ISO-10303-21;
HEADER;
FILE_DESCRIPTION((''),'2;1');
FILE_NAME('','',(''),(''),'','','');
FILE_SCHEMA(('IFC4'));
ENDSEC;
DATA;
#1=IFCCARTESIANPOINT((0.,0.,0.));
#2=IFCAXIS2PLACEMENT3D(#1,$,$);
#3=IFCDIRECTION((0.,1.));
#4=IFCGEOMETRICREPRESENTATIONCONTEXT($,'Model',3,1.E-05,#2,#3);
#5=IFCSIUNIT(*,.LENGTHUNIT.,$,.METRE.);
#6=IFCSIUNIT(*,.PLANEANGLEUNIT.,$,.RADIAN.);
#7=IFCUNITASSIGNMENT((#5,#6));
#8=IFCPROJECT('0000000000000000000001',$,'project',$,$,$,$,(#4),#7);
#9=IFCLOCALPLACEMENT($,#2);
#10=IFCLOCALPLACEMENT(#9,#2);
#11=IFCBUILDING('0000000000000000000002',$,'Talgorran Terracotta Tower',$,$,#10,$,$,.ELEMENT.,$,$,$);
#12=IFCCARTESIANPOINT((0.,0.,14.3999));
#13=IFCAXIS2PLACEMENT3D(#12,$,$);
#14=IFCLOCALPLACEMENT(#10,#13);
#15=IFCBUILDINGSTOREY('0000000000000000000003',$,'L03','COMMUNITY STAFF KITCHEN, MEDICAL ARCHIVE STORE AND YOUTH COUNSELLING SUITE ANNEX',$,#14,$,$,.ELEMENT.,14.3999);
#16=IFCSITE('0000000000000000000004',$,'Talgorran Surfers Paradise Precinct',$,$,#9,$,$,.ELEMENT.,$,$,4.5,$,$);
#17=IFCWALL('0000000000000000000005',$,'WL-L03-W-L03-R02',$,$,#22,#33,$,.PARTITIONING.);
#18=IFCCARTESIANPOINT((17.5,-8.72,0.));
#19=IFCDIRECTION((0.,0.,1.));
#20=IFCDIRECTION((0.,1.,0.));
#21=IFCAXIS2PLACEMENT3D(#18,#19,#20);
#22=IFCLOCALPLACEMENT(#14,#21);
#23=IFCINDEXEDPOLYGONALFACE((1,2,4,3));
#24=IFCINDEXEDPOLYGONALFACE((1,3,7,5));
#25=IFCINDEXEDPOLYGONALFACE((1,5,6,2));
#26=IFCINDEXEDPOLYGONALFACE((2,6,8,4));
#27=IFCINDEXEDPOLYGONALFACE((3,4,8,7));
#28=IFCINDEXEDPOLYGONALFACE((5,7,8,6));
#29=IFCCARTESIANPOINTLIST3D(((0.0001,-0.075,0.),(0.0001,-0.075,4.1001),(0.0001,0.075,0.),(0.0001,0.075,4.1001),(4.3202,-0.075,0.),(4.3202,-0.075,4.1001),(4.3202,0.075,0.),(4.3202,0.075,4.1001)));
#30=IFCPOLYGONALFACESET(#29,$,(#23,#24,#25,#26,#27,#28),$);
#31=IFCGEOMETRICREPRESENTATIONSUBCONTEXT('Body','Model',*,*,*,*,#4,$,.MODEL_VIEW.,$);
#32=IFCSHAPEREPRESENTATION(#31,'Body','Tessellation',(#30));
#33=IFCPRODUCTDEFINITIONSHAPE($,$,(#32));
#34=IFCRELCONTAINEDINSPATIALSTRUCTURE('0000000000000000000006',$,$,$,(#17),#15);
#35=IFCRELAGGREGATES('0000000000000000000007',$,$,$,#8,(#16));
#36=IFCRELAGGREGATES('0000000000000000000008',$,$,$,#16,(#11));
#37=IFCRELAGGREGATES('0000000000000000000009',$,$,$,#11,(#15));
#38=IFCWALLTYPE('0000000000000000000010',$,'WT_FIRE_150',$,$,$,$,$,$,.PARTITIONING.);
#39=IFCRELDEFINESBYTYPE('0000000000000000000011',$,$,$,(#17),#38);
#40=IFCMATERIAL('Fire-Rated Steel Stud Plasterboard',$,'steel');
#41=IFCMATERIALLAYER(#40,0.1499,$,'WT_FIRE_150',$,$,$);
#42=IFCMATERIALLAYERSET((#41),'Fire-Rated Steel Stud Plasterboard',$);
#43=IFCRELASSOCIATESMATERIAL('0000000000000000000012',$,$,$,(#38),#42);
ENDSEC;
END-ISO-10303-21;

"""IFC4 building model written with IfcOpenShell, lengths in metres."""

from ifc_helpers import new_model, si_unit, direction, frame, frame_2d, origin, place, context, subcontext, project, spatial, rectangle, extrude, material, layer, layer_set, type_object, element, save


model = new_model("IFC4")

# Units and contexts
model_context = context("Model", 3, precision=1e-05, world=origin(), true_north=direction((0.0, 1.0)))
body_context = subcontext(model_context, "Body", "Model", "MODEL_VIEW")
ifc_project = project(units=[si_unit("LENGTHUNIT", "METRE"), si_unit("PLANEANGLEUNIT", "RADIAN")], contexts=[model_context])

# Site, building, storey
site_placement = place(None, origin())
site = spatial("IfcSite", under=ifc_project, at=site_placement, Name="Talgorran Surfers Paradise Precinct", CompositionType="ELEMENT", RefElevation=4.5)
building_placement = place(site_placement, origin())
building = spatial("IfcBuilding", under=site, at=building_placement, Name="Talgorran Terracotta Tower", CompositionType="ELEMENT")
storey_placement = place(building_placement, frame((0.0, 0.0, 14.3999)))
storey = spatial("IfcBuildingStorey", under=building, at=storey_placement, Name="L03", Description="COMMUNITY STAFF KITCHEN, MEDICAL ARCHIVE STORE AND YOUTH COUNSELLING SUITE ANNEX", CompositionType="ELEMENT", Elevation=14.3999)

# Shared definitions
ifc_material_1 = material(Name="Fire-Rated Steel Stud Plasterboard", Category="steel")
ifc_layer_1 = layer(ifc_material_1, 0.1499, Name="WT_FIRE_150")
ifc_layer_set_1 = layer_set([ifc_layer_1], Name="Fire-Rated Steel Stud Plasterboard")
wall_type_1 = type_object("IfcWallType", Name="WT_FIRE_150", PredefinedType="PARTITIONING", material=ifc_layer_set_1)

# Wall
wall_1_placement = place(storey_placement, frame((17.5, -8.72, 0.0), z_axis=(0.0, 0.0, 1.0), x_axis=(0.0, 1.0, 0.0)))
element("IfcWall", 1, at=wall_1_placement, inside=storey, type_object=wall_type_1, Name="WL-L03-W-L03-R02", PredefinedType="PARTITIONING", context=body_context, shape_type="SweptSolid", body=[
    extrude(rectangle(XDim=4.3201, YDim=0.1499, at=frame_2d((2.1602, 0.0))), origin(), (0.0, 0.0, 1.0), 4.1001),
])

save(model, "model.ifc")
